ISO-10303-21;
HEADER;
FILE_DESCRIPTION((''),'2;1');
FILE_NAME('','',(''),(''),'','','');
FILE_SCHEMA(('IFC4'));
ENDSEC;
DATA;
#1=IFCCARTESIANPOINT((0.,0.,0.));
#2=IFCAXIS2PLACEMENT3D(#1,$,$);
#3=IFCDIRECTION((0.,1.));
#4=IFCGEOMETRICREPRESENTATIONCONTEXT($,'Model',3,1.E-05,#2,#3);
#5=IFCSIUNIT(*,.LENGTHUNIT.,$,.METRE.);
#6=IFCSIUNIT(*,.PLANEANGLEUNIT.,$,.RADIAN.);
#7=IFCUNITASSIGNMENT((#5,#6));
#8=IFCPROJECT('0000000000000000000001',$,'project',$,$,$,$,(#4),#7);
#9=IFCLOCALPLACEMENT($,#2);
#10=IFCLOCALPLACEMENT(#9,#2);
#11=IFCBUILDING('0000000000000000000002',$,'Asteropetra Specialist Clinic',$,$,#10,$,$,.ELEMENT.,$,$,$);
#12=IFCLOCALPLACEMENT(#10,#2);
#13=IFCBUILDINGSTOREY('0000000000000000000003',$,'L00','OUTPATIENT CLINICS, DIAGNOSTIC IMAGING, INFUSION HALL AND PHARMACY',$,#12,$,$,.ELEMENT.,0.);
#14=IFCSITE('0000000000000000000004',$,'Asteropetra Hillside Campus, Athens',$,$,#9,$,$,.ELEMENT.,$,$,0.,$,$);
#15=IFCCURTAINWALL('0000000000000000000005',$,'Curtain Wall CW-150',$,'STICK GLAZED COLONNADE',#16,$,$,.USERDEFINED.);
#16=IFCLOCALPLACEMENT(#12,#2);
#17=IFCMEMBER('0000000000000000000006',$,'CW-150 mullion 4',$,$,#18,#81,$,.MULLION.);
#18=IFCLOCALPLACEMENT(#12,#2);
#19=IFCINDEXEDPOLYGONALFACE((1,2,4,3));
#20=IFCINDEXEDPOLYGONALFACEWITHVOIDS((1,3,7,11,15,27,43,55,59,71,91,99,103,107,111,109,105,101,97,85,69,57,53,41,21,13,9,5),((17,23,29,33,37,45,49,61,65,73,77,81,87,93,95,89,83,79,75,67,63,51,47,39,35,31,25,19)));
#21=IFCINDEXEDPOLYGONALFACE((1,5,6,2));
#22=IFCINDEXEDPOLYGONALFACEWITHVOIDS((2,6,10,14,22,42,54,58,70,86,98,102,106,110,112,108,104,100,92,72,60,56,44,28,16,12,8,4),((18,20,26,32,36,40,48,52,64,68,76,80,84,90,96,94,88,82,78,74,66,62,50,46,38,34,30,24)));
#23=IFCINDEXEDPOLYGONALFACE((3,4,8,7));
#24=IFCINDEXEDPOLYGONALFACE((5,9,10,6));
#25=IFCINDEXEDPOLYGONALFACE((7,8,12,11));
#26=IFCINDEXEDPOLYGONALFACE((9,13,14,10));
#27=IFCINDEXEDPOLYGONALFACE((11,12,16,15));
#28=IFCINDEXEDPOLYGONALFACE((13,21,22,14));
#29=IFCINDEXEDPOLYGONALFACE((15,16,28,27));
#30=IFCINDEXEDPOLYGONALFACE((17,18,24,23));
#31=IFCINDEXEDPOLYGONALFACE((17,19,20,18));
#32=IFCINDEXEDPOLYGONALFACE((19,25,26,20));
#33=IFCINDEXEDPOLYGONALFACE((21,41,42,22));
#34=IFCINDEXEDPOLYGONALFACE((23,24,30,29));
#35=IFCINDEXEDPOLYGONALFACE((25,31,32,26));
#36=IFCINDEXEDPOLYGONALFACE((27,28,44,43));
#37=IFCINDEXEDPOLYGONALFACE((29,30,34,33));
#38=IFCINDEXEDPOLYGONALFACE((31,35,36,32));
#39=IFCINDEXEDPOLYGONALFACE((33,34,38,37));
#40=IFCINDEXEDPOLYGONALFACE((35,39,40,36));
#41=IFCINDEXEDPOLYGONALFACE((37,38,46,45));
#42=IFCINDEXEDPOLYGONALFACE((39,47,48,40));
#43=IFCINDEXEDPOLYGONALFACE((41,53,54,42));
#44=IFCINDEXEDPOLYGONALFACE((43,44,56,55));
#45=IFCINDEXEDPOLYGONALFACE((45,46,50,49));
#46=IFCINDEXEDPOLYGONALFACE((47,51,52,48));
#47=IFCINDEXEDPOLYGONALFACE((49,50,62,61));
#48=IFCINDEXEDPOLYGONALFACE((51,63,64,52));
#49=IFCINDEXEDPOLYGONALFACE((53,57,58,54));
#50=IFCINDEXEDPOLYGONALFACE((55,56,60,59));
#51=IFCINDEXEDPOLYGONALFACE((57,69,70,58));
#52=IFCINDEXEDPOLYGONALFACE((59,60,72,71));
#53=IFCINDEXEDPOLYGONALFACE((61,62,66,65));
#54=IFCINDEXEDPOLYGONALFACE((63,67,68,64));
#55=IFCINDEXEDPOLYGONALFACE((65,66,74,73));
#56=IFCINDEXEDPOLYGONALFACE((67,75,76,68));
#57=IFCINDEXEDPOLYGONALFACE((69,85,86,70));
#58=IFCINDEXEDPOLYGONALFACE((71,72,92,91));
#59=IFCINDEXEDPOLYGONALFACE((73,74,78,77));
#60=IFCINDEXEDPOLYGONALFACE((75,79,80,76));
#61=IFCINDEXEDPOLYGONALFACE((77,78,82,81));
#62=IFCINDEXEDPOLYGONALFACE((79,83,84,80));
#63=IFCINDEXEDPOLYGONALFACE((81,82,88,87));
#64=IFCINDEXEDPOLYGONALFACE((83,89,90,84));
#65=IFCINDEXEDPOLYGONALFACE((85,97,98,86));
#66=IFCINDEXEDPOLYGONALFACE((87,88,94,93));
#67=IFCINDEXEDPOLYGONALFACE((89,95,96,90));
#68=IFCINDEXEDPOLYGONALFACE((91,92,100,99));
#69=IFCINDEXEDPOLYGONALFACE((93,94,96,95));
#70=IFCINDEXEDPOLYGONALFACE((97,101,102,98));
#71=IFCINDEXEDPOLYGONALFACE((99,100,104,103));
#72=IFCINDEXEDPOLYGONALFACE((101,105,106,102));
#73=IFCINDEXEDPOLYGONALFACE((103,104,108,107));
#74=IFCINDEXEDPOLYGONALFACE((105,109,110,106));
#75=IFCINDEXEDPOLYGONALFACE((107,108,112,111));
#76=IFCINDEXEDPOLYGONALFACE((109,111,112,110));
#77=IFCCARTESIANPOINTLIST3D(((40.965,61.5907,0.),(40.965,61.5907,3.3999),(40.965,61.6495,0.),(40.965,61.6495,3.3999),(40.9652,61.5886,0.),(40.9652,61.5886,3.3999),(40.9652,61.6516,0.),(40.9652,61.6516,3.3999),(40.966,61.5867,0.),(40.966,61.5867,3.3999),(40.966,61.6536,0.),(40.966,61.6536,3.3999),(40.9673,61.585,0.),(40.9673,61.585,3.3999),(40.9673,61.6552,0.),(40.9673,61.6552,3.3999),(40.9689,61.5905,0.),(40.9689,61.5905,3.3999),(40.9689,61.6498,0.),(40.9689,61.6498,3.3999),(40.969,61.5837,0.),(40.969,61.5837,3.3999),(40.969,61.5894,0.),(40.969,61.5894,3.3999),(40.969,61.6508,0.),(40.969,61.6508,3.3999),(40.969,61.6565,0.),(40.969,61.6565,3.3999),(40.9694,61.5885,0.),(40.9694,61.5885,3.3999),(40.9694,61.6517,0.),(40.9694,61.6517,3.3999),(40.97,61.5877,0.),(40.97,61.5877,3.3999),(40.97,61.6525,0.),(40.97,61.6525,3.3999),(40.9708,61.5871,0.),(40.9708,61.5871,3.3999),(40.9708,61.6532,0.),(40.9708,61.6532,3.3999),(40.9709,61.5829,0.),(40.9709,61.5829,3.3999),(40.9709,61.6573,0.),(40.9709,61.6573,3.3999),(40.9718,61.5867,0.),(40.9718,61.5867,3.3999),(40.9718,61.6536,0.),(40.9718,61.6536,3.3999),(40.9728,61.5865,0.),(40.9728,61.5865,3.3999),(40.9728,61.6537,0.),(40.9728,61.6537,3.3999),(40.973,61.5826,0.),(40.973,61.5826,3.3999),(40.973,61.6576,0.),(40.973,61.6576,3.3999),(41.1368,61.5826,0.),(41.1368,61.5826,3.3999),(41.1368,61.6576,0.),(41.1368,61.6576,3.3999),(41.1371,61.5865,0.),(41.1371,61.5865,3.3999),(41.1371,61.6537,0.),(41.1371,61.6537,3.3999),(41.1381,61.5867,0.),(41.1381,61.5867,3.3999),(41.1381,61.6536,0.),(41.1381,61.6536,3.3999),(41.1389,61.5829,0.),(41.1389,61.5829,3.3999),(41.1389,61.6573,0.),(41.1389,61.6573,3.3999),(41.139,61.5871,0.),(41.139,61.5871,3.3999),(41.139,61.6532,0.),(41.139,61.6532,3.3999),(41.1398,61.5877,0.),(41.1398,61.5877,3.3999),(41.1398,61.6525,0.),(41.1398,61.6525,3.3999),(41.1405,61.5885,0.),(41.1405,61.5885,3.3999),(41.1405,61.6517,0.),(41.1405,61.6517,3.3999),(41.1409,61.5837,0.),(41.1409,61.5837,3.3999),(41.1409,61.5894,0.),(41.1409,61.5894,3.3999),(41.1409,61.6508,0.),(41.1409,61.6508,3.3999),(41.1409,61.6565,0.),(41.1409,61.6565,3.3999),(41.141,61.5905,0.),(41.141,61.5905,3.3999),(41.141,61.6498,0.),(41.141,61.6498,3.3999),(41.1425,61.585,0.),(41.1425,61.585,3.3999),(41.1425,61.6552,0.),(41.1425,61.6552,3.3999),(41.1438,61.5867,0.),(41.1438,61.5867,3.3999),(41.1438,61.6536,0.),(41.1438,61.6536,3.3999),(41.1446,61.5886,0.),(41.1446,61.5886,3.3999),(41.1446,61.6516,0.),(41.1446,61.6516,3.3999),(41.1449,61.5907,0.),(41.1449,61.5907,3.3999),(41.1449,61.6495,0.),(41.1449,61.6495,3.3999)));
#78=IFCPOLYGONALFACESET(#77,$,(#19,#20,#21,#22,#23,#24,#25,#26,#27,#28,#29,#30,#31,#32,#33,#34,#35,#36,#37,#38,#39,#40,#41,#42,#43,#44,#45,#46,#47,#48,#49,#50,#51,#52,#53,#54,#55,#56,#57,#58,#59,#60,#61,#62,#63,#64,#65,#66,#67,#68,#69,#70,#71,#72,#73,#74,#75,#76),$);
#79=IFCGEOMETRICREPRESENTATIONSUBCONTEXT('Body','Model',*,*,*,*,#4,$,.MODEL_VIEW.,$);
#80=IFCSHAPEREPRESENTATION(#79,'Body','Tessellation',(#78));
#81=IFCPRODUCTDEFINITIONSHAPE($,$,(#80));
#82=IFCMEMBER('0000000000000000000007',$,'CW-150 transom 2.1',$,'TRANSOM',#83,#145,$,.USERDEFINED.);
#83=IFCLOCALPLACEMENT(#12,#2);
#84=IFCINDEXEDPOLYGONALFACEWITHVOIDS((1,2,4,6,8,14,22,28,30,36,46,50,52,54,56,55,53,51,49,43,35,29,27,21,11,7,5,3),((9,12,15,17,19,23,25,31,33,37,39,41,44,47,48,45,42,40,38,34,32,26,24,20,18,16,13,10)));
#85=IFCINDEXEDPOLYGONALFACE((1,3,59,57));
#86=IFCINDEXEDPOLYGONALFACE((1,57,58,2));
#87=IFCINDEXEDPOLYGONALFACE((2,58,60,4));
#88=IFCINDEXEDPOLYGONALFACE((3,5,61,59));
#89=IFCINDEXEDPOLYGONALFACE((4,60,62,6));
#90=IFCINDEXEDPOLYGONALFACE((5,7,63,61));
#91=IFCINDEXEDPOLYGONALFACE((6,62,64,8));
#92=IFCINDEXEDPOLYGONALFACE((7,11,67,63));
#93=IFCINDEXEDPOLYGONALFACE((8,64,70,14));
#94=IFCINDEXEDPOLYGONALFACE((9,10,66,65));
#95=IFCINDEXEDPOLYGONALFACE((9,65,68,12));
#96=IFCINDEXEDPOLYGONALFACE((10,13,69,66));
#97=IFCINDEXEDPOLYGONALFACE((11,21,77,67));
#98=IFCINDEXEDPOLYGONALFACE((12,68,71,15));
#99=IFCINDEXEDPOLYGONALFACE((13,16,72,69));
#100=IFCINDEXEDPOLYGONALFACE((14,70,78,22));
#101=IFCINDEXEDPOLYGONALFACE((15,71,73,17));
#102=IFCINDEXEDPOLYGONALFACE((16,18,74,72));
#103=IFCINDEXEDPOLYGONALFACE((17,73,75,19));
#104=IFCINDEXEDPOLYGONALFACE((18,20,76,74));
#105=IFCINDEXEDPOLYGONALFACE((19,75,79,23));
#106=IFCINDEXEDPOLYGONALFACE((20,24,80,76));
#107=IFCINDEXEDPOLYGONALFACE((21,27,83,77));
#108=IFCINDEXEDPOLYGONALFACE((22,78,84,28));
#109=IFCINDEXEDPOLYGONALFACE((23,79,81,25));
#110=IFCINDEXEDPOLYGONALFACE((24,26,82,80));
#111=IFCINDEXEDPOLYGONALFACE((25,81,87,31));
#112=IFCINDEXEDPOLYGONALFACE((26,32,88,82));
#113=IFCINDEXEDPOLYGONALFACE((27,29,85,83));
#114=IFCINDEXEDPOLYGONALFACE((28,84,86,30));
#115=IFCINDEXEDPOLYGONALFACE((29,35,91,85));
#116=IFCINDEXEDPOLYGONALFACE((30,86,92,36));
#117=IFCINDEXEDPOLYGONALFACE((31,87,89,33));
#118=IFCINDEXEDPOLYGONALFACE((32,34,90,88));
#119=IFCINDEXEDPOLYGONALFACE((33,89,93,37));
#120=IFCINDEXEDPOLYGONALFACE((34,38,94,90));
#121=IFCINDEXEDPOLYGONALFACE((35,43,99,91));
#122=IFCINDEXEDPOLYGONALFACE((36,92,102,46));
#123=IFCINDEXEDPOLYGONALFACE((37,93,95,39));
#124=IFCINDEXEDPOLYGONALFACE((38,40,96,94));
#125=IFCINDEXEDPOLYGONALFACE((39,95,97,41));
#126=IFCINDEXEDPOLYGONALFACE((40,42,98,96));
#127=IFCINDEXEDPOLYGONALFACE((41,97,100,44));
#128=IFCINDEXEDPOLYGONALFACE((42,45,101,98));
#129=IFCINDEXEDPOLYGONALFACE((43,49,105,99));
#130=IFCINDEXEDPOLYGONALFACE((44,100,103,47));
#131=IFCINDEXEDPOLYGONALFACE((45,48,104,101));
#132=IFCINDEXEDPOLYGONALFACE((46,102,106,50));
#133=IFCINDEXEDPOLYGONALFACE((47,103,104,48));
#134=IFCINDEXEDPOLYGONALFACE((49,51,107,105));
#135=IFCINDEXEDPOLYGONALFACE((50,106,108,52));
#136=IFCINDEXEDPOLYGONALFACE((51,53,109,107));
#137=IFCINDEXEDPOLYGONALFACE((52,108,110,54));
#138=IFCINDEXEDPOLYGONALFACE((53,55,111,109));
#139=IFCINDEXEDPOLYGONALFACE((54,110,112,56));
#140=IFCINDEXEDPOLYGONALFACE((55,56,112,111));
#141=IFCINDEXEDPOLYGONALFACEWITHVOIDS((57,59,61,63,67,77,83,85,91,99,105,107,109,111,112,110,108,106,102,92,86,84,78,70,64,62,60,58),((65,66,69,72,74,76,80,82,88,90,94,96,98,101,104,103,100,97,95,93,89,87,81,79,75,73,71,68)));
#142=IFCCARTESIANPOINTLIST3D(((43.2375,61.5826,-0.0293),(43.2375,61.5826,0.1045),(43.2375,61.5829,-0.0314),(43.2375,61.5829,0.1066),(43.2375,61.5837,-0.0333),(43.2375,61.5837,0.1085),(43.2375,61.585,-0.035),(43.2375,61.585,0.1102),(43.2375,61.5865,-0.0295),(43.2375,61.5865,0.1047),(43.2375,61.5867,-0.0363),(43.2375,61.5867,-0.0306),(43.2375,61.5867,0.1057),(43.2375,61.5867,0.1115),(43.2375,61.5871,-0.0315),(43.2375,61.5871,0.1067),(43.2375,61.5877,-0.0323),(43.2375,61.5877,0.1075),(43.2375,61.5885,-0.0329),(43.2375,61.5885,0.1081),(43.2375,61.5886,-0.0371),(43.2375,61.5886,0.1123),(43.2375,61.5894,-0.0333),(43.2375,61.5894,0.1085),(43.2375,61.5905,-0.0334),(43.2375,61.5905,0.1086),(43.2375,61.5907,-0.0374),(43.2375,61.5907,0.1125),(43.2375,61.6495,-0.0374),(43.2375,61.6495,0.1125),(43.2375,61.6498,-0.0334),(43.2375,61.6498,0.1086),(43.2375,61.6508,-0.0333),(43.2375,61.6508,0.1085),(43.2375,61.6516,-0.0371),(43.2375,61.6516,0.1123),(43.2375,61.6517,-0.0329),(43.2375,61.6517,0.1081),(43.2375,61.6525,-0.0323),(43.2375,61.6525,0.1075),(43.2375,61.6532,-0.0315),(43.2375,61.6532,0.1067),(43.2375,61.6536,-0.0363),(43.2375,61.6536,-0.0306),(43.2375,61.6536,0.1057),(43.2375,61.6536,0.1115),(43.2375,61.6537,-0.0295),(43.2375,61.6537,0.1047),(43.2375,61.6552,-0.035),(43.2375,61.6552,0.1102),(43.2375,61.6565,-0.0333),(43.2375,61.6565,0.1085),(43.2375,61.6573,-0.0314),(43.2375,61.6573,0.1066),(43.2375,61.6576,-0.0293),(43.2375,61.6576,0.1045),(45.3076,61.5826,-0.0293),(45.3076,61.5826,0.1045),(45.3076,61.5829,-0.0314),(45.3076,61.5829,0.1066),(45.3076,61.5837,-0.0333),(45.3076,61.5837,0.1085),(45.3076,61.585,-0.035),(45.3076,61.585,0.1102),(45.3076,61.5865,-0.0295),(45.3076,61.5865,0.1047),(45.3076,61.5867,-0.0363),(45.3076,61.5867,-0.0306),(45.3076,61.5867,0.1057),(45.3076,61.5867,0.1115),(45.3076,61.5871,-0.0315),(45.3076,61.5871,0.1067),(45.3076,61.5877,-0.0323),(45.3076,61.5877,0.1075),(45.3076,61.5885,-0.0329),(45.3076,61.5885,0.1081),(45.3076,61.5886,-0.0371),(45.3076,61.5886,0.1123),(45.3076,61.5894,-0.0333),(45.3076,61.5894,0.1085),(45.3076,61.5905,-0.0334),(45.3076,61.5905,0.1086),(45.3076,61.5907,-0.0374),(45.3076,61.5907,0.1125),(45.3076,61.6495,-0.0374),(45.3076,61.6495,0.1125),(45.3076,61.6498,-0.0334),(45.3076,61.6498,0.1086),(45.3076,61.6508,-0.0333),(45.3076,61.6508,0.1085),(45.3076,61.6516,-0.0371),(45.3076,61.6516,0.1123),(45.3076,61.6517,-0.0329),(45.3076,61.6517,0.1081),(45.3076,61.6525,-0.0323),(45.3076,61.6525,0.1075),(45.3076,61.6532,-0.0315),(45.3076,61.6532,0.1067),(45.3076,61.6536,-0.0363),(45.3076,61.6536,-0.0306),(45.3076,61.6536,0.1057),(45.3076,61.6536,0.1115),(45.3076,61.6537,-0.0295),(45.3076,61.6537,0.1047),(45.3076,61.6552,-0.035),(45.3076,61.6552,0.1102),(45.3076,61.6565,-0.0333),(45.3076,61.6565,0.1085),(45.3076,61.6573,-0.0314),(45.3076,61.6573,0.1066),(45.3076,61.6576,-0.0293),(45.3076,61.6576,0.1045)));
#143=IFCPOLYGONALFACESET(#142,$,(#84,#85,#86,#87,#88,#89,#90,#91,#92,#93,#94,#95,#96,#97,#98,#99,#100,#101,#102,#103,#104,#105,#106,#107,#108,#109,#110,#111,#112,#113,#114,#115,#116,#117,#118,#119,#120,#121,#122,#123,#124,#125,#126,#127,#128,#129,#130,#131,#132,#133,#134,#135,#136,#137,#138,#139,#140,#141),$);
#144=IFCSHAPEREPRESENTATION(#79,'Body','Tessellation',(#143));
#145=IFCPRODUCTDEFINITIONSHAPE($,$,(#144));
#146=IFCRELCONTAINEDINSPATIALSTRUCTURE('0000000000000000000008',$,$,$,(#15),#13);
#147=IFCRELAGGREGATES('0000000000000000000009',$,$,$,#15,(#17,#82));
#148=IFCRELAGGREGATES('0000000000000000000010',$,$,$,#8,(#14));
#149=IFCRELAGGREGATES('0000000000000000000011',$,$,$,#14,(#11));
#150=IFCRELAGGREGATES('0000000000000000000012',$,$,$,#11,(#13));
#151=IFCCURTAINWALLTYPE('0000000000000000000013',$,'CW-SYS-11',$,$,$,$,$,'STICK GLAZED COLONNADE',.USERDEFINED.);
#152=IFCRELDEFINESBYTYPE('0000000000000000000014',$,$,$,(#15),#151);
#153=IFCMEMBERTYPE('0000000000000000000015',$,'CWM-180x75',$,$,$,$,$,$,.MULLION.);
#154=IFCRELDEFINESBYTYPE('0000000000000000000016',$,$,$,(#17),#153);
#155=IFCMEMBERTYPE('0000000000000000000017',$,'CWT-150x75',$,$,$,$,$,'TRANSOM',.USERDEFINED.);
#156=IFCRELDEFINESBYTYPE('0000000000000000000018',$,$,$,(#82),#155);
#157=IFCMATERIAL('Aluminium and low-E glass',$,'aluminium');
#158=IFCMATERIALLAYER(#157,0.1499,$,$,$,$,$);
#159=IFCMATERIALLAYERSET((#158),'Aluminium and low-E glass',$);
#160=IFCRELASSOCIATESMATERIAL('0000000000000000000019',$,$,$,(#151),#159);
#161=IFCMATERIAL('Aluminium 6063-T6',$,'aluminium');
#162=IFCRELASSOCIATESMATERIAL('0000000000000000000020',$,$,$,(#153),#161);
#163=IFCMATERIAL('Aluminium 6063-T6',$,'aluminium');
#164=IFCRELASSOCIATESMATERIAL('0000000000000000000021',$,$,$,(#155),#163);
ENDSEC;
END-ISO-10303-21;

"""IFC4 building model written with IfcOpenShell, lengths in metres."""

from ifc_helpers import new_model, si_unit, direction, frame, origin, origin_2d, place, context, subcontext, project, spatial, hollow_rectangle, extrude, material, layer, layer_set, material_profile, profile_set, type_object, element, aggregate, save


model = new_model("IFC4")

# Units and contexts
model_context = context("Model", 3, precision=1e-05, world=origin(), true_north=direction((0.0, 1.0)))
body_context = subcontext(model_context, "Body", "Model", "MODEL_VIEW")
ifc_project = project(units=[si_unit("LENGTHUNIT", "METRE"), si_unit("PLANEANGLEUNIT", "RADIAN")], contexts=[model_context])

# Site, building, storey
site_placement = place(None, origin())
site = spatial("IfcSite", under=ifc_project, at=site_placement, Name="Asteropetra Hillside Campus, Athens", CompositionType="ELEMENT", RefElevation=0.0)
building_placement = place(site_placement, origin())
building = spatial("IfcBuilding", under=site, at=building_placement, Name="Asteropetra Specialist Clinic", CompositionType="ELEMENT")
storey_placement = place(building_placement, origin())
storey = spatial("IfcBuildingStorey", under=building, at=storey_placement, Name="L00", Description="OUTPATIENT CLINICS, DIAGNOSTIC IMAGING, INFUSION HALL AND PHARMACY", CompositionType="ELEMENT", Elevation=0.0)

# Curtain wall, members
ifc_material_1 = material(Name="Aluminium and low-E glass", Category="aluminium")
ifc_layer_1 = layer(ifc_material_1, 0.1499)
ifc_layer_set_1 = layer_set([ifc_layer_1], Name="Aluminium and low-E glass")
curtain_wall_type = type_object("IfcCurtainWallType", Name="CW-SYS-11", ElementType="STICK GLAZED COLONNADE", PredefinedType="USERDEFINED", material=ifc_layer_set_1)
curtain_wall_placement = place(storey_placement, origin())
curtain_wall = element("IfcCurtainWall", 1, at=curtain_wall_placement, inside=storey, type_object=curtain_wall_type, Name="Curtain Wall CW-150", ObjectType="STICK GLAZED COLONNADE", PredefinedType="USERDEFINED")
ifc_material_2 = material(Name="Aluminium 6063-T6", Category="aluminium")
ifc_material_profile_1 = material_profile(ifc_material_2, hollow_rectangle(XDim=0.075, YDim=0.1799, WallThickness=0.0039, InnerFilletRadius=0.0039, OuterFilletRadius=0.0081, at=origin_2d()), Name="MUL 180x75x4.0")
ifc_profile_set_1 = profile_set([ifc_material_profile_1], Name="Aluminium 6063-T6")
member_type_1 = type_object("IfcMemberType", Name="CWM-180x75", PredefinedType="MULLION", material=ifc_profile_set_1)
member_1_placement = place(storey_placement, frame((41.0549, 61.6201, 0.0), z_axis=(0.0, 0.0, 1.0), x_axis=(0.0, -1.0, 0.0)))
member_1 = element("IfcMember", 2, at=member_1_placement, type_object=member_type_1, Name="CW-150 mullion 4", PredefinedType="MULLION", context=body_context, shape_type="SweptSolid", body=[
    extrude(hollow_rectangle(XDim=0.075, YDim=0.1799, WallThickness=0.0039, InnerFilletRadius=0.0039, OuterFilletRadius=0.0081, at=origin_2d()), origin(), (0.0, 0.0, 1.0), 3.3999),
])
ifc_material_3 = material(Name="Aluminium 6063-T6", Category="aluminium")
ifc_material_profile_2 = material_profile(ifc_material_3, hollow_rectangle(XDim=0.075, YDim=0.1499, WallThickness=0.0039, InnerFilletRadius=0.0039, OuterFilletRadius=0.0081, at=origin_2d()), Name="TRN 150x75x4.0")
ifc_profile_set_2 = profile_set([ifc_material_profile_2], Name="Aluminium 6063-T6")
member_type_2 = type_object("IfcMemberType", Name="CWT-150x75", ElementType="TRANSOM", PredefinedType="USERDEFINED", material=ifc_profile_set_2)
member_2_placement = place(storey_placement, frame((45.3076, 61.6201, 0.0376), z_axis=(-1.0, 0.0, 0.0), x_axis=(0.0, -1.0, 0.0)))
member_2 = element("IfcMember", 3, at=member_2_placement, type_object=member_type_2, Name="CW-150 transom 2.1", ObjectType="TRANSOM", PredefinedType="USERDEFINED", context=body_context, shape_type="SweptSolid", body=[
    extrude(hollow_rectangle(XDim=0.075, YDim=0.1499, WallThickness=0.0039, InnerFilletRadius=0.0039, OuterFilletRadius=0.0081, at=origin_2d()), origin(), (0.0, 0.0, 1.0), 2.0701),
])
aggregate(curtain_wall, [member_1, member_2])

save(model, "model.ifc")
